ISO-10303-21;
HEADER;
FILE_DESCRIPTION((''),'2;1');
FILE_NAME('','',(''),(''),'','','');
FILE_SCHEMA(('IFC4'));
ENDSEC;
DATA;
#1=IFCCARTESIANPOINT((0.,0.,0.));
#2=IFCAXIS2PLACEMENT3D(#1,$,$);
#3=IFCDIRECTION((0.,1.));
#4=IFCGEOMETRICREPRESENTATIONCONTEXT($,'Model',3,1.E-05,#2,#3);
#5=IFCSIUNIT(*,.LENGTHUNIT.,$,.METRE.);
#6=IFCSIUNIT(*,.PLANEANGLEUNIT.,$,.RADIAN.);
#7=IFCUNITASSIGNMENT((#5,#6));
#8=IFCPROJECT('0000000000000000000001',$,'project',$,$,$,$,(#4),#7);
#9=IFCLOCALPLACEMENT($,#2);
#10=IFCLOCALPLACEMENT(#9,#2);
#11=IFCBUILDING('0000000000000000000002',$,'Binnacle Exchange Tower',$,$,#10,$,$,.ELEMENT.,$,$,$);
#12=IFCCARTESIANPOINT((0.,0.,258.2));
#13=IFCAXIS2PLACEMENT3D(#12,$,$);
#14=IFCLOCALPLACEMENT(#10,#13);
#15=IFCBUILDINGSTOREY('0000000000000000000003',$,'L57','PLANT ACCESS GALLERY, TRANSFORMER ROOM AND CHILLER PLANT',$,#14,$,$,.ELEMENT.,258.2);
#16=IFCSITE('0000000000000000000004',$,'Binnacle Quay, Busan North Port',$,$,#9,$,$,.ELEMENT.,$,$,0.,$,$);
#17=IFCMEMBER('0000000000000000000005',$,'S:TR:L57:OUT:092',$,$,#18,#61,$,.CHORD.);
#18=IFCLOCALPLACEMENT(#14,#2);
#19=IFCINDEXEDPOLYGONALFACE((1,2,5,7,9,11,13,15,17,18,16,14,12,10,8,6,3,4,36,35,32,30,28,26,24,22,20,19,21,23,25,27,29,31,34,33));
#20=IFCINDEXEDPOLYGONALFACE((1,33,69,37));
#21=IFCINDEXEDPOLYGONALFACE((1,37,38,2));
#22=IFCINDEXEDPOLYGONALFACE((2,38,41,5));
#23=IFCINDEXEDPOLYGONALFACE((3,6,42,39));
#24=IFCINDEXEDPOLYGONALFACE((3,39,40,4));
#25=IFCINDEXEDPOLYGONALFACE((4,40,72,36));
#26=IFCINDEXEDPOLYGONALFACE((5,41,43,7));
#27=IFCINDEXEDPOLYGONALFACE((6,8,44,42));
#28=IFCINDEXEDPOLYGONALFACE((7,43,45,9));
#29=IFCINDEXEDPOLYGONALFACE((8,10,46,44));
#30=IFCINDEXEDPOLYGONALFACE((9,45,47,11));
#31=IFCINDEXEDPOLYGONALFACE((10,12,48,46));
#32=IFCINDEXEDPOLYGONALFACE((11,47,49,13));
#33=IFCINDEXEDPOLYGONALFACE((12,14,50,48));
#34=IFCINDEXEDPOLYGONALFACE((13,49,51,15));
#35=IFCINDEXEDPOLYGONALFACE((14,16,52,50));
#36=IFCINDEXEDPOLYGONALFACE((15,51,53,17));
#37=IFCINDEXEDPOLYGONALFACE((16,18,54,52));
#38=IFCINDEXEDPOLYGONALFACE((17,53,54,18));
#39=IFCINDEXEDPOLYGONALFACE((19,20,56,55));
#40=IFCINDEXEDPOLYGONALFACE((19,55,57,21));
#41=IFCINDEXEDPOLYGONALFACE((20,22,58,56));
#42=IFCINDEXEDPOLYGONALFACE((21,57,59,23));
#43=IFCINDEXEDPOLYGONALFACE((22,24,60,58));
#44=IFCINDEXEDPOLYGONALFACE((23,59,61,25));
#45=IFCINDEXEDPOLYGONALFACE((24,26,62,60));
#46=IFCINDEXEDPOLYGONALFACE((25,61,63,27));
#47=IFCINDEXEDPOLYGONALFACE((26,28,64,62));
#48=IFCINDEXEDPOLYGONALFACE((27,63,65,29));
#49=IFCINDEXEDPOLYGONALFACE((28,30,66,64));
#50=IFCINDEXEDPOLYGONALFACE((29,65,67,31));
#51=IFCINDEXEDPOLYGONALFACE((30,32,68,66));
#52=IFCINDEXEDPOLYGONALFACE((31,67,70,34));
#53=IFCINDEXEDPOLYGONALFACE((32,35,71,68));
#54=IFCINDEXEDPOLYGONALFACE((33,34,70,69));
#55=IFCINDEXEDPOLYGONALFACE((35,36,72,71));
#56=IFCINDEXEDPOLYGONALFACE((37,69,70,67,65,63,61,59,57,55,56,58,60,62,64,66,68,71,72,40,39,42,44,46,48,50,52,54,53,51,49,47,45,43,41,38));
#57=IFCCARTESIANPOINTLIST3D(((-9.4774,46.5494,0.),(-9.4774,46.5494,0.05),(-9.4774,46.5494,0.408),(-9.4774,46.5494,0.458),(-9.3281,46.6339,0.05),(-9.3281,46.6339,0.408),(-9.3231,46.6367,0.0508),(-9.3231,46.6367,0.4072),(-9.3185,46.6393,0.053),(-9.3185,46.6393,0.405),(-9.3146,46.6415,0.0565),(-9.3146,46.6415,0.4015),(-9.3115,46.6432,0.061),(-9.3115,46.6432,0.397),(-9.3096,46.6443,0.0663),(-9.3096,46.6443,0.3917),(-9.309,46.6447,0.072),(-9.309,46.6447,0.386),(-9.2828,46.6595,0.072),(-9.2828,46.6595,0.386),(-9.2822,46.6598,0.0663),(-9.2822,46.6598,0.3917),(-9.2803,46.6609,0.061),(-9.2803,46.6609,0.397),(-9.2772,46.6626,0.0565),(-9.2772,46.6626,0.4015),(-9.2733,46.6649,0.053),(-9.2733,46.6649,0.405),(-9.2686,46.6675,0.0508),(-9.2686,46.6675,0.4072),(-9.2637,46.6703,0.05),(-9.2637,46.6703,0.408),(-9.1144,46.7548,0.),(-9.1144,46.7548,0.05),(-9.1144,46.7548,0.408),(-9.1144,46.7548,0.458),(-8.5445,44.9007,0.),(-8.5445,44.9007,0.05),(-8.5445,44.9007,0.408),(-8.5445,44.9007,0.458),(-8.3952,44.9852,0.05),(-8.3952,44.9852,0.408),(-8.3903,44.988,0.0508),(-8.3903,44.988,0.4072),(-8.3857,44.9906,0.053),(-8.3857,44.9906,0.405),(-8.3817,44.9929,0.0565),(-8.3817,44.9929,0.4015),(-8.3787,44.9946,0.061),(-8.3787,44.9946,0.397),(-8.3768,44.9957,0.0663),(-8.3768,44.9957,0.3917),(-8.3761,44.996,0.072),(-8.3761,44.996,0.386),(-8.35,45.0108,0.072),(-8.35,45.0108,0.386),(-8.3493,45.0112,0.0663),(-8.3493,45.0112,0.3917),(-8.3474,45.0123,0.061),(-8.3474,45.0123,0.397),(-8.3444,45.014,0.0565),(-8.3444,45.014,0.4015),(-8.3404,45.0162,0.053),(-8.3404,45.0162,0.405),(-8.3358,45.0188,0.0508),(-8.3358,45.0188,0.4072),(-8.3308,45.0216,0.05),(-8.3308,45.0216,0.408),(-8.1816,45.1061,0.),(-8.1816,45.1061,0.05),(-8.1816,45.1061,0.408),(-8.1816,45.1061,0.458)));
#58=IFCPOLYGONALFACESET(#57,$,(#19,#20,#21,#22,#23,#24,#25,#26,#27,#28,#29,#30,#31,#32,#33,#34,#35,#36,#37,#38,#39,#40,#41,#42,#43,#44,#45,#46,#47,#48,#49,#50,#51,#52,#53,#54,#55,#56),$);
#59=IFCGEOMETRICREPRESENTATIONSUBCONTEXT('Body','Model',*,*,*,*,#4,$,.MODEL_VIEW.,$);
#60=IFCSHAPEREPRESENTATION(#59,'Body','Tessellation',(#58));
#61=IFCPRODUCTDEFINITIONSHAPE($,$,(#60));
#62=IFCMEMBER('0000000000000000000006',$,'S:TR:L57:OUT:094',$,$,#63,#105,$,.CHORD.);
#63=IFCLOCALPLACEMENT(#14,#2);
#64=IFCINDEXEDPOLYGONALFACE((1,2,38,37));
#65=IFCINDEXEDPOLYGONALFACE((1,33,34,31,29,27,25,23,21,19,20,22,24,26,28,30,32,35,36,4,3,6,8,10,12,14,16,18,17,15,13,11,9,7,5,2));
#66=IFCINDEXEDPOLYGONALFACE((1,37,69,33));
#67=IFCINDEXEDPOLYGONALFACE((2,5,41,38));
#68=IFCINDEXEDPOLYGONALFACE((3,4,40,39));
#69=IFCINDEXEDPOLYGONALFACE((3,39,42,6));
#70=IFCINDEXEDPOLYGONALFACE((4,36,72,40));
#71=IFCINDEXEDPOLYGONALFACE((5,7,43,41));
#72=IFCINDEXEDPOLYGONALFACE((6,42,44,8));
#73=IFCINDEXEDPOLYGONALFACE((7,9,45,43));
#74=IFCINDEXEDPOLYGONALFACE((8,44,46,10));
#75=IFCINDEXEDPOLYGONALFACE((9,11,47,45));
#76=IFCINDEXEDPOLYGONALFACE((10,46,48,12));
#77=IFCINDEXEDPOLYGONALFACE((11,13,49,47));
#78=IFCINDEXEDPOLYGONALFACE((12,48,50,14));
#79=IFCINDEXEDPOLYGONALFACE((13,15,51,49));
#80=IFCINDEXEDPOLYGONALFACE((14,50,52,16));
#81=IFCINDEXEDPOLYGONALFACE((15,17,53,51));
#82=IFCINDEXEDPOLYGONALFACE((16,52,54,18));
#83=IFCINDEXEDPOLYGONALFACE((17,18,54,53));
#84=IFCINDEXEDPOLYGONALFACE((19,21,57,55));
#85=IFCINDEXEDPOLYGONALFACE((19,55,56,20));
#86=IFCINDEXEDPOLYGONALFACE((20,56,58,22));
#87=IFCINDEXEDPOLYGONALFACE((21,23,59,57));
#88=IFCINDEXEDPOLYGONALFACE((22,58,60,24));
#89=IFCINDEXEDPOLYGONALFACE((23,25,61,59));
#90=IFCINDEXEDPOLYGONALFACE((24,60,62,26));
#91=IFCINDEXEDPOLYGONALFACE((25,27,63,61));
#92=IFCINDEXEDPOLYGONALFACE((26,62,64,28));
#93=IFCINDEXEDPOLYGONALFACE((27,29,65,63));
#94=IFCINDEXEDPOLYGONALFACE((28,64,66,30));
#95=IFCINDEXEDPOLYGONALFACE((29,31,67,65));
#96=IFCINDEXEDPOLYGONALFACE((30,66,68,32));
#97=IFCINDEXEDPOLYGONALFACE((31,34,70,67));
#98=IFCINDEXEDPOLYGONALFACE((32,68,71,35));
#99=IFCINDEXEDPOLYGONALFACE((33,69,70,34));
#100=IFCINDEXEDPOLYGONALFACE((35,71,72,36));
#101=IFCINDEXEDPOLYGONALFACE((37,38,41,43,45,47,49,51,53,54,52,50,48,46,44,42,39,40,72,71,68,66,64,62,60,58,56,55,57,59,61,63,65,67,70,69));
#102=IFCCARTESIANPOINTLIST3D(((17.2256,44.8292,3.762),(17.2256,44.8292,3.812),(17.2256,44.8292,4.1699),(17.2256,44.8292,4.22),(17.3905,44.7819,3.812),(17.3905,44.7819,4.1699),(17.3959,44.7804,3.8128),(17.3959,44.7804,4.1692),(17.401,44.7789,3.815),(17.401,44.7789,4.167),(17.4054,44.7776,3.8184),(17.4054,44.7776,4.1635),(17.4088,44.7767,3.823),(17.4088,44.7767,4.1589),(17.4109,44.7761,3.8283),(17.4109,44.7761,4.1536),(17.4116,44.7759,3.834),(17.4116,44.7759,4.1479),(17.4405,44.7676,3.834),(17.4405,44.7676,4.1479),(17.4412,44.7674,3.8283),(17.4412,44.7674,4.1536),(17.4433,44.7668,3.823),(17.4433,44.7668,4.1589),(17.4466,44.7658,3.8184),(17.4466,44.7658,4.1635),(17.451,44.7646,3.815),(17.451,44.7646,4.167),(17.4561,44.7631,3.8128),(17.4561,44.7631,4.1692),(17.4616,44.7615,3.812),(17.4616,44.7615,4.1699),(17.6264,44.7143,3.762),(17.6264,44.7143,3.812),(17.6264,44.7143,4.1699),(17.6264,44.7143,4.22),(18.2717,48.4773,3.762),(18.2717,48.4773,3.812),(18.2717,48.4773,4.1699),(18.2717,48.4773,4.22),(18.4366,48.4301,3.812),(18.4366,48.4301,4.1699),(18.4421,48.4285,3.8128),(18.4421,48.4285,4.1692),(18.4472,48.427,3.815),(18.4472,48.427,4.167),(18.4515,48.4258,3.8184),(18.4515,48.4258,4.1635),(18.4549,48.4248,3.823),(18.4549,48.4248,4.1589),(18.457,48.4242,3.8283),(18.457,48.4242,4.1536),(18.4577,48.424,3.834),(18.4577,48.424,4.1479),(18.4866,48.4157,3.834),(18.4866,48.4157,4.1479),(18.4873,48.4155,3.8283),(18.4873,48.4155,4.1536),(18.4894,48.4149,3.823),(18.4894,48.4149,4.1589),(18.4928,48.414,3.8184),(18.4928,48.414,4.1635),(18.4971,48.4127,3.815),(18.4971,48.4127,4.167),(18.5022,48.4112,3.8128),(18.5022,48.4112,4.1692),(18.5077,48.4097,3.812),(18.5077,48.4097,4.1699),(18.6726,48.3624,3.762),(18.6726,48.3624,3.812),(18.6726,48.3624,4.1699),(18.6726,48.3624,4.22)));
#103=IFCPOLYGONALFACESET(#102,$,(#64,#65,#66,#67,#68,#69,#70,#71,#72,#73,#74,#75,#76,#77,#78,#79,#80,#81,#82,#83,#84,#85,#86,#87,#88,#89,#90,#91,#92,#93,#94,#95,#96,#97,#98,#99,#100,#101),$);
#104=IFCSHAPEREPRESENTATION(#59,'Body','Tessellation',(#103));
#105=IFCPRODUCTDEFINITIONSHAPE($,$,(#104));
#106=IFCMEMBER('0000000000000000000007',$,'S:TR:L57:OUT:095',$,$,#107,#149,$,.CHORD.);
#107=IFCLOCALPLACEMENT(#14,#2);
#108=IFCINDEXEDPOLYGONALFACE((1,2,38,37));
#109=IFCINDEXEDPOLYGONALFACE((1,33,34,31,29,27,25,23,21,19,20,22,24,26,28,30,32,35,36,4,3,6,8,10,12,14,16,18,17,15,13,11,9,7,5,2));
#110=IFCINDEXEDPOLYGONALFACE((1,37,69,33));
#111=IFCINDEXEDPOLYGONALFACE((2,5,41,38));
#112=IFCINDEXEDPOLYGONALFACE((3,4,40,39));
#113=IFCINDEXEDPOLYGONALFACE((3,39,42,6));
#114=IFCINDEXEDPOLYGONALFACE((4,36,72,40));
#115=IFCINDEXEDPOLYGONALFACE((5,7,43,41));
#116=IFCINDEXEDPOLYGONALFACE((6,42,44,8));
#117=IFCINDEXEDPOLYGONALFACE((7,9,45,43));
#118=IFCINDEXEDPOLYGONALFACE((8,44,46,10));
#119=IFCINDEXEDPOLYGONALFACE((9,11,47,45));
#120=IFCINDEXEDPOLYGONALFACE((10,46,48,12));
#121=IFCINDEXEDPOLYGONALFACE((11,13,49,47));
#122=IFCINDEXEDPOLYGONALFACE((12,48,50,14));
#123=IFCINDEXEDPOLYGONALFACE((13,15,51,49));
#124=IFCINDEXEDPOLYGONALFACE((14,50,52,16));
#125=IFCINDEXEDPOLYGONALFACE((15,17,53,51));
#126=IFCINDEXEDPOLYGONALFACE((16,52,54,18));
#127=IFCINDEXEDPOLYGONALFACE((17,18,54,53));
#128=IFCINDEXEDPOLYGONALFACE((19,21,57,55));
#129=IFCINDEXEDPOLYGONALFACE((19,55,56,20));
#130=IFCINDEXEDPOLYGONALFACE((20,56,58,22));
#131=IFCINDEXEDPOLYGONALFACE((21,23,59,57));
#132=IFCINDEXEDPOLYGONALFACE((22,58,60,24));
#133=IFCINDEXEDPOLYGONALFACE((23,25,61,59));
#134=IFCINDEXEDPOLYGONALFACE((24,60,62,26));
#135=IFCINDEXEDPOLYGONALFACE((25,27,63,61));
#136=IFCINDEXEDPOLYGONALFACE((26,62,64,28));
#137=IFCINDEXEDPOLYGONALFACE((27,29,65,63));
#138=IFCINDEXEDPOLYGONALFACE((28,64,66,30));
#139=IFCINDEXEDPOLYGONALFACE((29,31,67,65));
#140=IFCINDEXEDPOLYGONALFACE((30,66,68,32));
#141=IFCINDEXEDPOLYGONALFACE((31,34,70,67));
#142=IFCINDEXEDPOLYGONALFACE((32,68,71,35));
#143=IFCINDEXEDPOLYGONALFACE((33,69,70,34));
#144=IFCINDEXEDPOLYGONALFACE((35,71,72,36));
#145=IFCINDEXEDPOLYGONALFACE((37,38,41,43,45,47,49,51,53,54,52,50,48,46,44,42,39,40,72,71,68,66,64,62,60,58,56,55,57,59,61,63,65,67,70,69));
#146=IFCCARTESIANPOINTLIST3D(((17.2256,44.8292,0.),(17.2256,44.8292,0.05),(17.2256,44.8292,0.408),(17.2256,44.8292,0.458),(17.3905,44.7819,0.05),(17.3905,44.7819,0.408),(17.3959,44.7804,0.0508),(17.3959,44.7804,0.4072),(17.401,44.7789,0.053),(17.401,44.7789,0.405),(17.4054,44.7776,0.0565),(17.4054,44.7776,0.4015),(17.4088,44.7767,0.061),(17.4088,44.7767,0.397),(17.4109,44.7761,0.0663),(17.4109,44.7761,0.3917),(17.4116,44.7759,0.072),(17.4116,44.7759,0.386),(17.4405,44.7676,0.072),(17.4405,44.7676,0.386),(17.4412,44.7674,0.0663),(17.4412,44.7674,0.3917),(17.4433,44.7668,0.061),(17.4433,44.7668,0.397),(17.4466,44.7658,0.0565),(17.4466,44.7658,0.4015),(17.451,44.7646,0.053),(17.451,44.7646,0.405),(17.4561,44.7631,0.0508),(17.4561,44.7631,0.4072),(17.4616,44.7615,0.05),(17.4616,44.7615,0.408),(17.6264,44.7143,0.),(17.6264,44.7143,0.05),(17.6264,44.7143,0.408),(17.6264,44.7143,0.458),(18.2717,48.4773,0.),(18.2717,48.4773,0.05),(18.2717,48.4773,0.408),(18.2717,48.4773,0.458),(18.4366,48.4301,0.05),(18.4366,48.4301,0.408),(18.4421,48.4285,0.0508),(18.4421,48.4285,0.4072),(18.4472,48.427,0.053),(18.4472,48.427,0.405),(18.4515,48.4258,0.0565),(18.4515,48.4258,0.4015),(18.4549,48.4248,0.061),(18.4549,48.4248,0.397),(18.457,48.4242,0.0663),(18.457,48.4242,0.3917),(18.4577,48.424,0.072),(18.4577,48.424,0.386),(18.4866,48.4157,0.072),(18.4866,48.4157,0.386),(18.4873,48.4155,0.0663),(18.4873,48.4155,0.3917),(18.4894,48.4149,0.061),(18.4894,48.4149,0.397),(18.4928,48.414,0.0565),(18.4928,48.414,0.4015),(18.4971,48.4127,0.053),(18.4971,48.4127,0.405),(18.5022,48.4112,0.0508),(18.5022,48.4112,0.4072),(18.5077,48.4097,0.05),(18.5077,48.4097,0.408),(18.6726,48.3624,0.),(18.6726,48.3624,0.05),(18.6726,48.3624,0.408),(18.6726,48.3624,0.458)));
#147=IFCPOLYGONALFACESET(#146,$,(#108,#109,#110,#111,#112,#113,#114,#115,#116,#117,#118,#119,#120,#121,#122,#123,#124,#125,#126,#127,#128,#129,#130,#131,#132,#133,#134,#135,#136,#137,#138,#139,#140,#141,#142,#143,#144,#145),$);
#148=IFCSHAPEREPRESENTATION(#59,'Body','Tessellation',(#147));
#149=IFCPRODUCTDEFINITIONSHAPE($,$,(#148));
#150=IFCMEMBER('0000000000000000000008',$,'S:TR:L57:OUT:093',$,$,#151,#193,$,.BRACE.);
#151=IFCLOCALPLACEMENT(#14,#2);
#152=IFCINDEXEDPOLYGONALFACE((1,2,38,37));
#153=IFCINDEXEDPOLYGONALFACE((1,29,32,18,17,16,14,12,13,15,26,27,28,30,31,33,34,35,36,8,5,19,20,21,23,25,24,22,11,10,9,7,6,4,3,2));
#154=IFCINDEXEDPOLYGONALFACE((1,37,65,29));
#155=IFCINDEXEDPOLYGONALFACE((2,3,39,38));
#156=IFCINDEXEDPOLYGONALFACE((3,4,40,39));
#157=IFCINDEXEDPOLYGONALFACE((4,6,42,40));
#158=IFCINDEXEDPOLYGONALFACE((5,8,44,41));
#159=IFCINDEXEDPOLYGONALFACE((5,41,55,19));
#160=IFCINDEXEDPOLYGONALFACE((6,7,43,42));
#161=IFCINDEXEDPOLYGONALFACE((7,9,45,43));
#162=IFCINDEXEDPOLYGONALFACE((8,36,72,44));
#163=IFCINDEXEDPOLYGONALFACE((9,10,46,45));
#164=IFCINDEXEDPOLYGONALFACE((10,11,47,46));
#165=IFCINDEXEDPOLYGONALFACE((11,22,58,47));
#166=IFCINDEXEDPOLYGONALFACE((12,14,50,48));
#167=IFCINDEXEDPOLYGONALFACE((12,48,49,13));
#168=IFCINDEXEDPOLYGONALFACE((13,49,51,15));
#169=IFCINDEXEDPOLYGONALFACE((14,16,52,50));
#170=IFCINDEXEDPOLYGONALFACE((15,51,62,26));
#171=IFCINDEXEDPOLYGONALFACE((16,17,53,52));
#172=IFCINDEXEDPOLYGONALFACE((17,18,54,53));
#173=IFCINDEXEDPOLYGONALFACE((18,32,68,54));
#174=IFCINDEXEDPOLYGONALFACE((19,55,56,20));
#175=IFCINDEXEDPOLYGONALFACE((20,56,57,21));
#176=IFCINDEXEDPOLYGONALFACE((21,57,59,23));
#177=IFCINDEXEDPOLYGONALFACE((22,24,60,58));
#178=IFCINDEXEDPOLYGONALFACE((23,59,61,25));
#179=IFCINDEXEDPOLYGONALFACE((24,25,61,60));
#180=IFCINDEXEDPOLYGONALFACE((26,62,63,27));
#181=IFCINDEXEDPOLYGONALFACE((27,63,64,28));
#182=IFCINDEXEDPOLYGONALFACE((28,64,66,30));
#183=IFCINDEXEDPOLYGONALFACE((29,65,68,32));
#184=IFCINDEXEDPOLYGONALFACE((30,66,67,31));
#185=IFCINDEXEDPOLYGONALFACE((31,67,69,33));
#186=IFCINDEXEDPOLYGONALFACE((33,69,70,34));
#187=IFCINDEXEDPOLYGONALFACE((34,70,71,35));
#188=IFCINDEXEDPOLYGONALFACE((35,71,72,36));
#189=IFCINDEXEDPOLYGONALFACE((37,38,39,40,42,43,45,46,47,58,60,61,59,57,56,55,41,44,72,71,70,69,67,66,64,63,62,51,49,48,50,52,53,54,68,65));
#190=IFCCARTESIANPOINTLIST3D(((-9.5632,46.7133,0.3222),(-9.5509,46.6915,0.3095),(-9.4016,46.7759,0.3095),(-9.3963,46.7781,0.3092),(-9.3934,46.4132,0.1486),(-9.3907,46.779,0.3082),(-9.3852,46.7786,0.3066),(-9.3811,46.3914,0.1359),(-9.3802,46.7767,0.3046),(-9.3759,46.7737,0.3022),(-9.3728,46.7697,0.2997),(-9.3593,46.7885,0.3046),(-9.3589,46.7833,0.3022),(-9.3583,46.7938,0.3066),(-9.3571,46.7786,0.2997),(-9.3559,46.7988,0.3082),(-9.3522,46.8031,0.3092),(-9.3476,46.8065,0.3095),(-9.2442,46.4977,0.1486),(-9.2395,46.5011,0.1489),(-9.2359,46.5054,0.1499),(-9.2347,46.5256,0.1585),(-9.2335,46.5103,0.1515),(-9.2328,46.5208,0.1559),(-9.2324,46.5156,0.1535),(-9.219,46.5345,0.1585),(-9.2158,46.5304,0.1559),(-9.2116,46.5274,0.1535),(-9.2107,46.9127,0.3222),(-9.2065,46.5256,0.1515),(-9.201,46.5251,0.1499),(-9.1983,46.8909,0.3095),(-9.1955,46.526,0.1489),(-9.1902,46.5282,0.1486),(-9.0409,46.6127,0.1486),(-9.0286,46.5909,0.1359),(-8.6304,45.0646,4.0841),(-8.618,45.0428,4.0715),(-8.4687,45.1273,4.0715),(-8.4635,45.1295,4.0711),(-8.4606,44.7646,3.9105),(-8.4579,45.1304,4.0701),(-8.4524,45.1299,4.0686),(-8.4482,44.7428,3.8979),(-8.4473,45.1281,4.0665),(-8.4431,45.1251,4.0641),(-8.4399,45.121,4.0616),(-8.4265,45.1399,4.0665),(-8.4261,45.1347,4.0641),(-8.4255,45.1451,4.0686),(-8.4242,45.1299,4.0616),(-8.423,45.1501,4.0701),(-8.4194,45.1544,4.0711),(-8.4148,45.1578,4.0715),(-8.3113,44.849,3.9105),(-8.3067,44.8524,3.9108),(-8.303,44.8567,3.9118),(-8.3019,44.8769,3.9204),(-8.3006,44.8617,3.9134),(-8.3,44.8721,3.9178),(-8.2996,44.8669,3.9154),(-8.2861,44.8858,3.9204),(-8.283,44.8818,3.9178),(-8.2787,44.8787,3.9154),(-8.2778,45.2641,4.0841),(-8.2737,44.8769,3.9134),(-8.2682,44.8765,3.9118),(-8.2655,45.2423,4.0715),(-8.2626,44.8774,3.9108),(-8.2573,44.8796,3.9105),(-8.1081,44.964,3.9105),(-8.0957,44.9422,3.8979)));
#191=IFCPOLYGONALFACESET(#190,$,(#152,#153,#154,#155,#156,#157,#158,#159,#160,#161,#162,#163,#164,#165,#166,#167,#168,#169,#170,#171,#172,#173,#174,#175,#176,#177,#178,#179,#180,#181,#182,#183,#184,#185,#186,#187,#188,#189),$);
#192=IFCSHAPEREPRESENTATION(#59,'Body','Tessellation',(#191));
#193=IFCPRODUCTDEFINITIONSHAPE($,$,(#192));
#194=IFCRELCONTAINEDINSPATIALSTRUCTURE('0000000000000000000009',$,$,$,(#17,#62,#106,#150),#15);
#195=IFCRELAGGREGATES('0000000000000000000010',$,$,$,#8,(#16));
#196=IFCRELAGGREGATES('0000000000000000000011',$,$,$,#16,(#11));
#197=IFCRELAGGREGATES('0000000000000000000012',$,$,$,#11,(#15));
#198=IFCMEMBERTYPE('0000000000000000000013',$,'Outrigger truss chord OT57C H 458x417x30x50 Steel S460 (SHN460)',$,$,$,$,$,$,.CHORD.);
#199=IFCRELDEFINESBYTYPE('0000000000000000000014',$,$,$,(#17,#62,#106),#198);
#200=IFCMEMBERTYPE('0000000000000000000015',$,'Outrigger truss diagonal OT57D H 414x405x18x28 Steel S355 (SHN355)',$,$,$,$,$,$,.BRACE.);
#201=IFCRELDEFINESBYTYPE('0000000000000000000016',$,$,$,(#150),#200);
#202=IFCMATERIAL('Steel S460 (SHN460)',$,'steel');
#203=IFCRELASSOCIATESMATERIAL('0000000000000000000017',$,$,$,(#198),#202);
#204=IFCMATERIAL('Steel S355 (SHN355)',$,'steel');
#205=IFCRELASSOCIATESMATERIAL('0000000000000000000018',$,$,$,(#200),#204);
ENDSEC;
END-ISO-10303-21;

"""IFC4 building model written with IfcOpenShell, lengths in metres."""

from ifc_helpers import new_model, si_unit, direction, frame, origin, origin_2d, place, context, subcontext, project, spatial, i_section, extrude, material, material_profile, profile_set, type_object, element, save


model = new_model("IFC4")

# Units and contexts
model_context = context("Model", 3, precision=1e-05, world=origin(), true_north=direction((0.0, 1.0)))
body_context = subcontext(model_context, "Body", "Model", "MODEL_VIEW")
ifc_project = project(units=[si_unit("LENGTHUNIT", "METRE"), si_unit("PLANEANGLEUNIT", "RADIAN")], contexts=[model_context])

# Site, building, storey
site_placement = place(None, origin())
site = spatial("IfcSite", under=ifc_project, at=site_placement, Name="Binnacle Quay, Busan North Port", CompositionType="ELEMENT", RefElevation=0.0)
building_placement = place(site_placement, origin())
building = spatial("IfcBuilding", under=site, at=building_placement, Name="Binnacle Exchange Tower", CompositionType="ELEMENT")
storey_placement = place(building_placement, frame((0.0, 0.0, 258.2)))
storey = spatial("IfcBuildingStorey", under=building, at=storey_placement, Name="L57", Description="PLANT ACCESS GALLERY, TRANSFORMER ROOM AND CHILLER PLANT", CompositionType="ELEMENT", Elevation=258.2)

# Shared definitions
ifc_material_1 = material(Name="Steel S355 (SHN355)", Category="steel")

# Members
ifc_material_2 = material(Name="Steel S460 (SHN460)", Category="steel")
ifc_material_profile_1 = material_profile(ifc_material_2, i_section(OverallWidth=0.417, OverallDepth=0.458, WebThickness=0.03, FlangeThickness=0.05, FilletRadius=0.022, at=origin_2d()), Name="H 458x417x30x50")
ifc_profile_set_1 = profile_set([ifc_material_profile_1], Name="Steel S460 (SHN460)")
member_type_1 = type_object("IfcMemberType", Name="Outrigger truss chord OT57C H 458x417x30x50 Steel S460 (SHN460)", PredefinedType="CHORD", material=ifc_profile_set_1)
for number, where, z_axis, x_axis, name in (
    (1, (-8.363, 45.0034, 0.229), (-0.492456, 0.870337, 0.0), (-0.870337, -0.492456, 0.0), "S:TR:L57:OUT:092"),
):
    element("IfcMember", number, at=place(storey_placement, frame(where, z_axis=z_axis, x_axis=x_axis)), inside=storey, type_object=member_type_1, Name=name, PredefinedType="CHORD", context=body_context, shape_type="SweptSolid", body=[
        extrude(i_section(OverallWidth=0.417, OverallDepth=0.458, WebThickness=0.03, FlangeThickness=0.05, FilletRadius=0.022, at=origin_2d()), origin(), (0.0, 0.0, 1.0), 1.8943),
    ])
for number, where, z_axis, x_axis, name in (
    (2, (17.426, 44.7717, 3.991), (0.275647, 0.961259, 0.0), (-0.961259, 0.275647, 0.0), "S:TR:L57:OUT:094"),
    (3, (17.426, 44.7717, 0.229), (0.275647, 0.961259, 0.0), (-0.961259, 0.275647, 0.0), "S:TR:L57:OUT:095"),
):
    element("IfcMember", number, at=place(storey_placement, frame(where, z_axis=z_axis, x_axis=x_axis)), inside=storey, type_object=member_type_1, Name=name, PredefinedType="CHORD", context=body_context, shape_type="SweptSolid", body=[
        extrude(i_section(OverallWidth=0.417, OverallDepth=0.458, WebThickness=0.03, FlangeThickness=0.05, FilletRadius=0.022, at=origin_2d()), origin(), (0.0, 0.0, 1.0), 3.7952),
    ])
ifc_material_profile_2 = material_profile(ifc_material_1, i_section(OverallWidth=0.405, OverallDepth=0.4141, WebThickness=0.0181, FlangeThickness=0.0281, FilletRadius=0.022, at=origin_2d()), Name="H 414x405x18x28")
ifc_profile_set_2 = profile_set([ifc_material_profile_2], Name="Steel S355 (SHN355)")
member_type_2 = type_object("IfcMemberType", Name="Outrigger truss diagonal OT57D H 414x405x18x28 Steel S355 (SHN355)", PredefinedType="BRACE", material=ifc_profile_set_2)
member_1_placement = place(storey_placement, frame((-8.363, 45.0034, 3.991), z_axis=(-0.221478, 0.391427, -0.893159), x_axis=(-0.870337, -0.492456, 0.0)))
element("IfcMember", 4, at=member_1_placement, inside=storey, type_object=member_type_2, Name="S:TR:L57:OUT:093", PredefinedType="BRACE", context=body_context, shape_type="SweptSolid", body=[
    extrude(i_section(OverallWidth=0.405, OverallDepth=0.4141, WebThickness=0.0181, FlangeThickness=0.0281, FilletRadius=0.022, at=origin_2d()), origin(), (0.0, 0.0, 1.0), 4.2119),
])

save(model, "model.ifc")
